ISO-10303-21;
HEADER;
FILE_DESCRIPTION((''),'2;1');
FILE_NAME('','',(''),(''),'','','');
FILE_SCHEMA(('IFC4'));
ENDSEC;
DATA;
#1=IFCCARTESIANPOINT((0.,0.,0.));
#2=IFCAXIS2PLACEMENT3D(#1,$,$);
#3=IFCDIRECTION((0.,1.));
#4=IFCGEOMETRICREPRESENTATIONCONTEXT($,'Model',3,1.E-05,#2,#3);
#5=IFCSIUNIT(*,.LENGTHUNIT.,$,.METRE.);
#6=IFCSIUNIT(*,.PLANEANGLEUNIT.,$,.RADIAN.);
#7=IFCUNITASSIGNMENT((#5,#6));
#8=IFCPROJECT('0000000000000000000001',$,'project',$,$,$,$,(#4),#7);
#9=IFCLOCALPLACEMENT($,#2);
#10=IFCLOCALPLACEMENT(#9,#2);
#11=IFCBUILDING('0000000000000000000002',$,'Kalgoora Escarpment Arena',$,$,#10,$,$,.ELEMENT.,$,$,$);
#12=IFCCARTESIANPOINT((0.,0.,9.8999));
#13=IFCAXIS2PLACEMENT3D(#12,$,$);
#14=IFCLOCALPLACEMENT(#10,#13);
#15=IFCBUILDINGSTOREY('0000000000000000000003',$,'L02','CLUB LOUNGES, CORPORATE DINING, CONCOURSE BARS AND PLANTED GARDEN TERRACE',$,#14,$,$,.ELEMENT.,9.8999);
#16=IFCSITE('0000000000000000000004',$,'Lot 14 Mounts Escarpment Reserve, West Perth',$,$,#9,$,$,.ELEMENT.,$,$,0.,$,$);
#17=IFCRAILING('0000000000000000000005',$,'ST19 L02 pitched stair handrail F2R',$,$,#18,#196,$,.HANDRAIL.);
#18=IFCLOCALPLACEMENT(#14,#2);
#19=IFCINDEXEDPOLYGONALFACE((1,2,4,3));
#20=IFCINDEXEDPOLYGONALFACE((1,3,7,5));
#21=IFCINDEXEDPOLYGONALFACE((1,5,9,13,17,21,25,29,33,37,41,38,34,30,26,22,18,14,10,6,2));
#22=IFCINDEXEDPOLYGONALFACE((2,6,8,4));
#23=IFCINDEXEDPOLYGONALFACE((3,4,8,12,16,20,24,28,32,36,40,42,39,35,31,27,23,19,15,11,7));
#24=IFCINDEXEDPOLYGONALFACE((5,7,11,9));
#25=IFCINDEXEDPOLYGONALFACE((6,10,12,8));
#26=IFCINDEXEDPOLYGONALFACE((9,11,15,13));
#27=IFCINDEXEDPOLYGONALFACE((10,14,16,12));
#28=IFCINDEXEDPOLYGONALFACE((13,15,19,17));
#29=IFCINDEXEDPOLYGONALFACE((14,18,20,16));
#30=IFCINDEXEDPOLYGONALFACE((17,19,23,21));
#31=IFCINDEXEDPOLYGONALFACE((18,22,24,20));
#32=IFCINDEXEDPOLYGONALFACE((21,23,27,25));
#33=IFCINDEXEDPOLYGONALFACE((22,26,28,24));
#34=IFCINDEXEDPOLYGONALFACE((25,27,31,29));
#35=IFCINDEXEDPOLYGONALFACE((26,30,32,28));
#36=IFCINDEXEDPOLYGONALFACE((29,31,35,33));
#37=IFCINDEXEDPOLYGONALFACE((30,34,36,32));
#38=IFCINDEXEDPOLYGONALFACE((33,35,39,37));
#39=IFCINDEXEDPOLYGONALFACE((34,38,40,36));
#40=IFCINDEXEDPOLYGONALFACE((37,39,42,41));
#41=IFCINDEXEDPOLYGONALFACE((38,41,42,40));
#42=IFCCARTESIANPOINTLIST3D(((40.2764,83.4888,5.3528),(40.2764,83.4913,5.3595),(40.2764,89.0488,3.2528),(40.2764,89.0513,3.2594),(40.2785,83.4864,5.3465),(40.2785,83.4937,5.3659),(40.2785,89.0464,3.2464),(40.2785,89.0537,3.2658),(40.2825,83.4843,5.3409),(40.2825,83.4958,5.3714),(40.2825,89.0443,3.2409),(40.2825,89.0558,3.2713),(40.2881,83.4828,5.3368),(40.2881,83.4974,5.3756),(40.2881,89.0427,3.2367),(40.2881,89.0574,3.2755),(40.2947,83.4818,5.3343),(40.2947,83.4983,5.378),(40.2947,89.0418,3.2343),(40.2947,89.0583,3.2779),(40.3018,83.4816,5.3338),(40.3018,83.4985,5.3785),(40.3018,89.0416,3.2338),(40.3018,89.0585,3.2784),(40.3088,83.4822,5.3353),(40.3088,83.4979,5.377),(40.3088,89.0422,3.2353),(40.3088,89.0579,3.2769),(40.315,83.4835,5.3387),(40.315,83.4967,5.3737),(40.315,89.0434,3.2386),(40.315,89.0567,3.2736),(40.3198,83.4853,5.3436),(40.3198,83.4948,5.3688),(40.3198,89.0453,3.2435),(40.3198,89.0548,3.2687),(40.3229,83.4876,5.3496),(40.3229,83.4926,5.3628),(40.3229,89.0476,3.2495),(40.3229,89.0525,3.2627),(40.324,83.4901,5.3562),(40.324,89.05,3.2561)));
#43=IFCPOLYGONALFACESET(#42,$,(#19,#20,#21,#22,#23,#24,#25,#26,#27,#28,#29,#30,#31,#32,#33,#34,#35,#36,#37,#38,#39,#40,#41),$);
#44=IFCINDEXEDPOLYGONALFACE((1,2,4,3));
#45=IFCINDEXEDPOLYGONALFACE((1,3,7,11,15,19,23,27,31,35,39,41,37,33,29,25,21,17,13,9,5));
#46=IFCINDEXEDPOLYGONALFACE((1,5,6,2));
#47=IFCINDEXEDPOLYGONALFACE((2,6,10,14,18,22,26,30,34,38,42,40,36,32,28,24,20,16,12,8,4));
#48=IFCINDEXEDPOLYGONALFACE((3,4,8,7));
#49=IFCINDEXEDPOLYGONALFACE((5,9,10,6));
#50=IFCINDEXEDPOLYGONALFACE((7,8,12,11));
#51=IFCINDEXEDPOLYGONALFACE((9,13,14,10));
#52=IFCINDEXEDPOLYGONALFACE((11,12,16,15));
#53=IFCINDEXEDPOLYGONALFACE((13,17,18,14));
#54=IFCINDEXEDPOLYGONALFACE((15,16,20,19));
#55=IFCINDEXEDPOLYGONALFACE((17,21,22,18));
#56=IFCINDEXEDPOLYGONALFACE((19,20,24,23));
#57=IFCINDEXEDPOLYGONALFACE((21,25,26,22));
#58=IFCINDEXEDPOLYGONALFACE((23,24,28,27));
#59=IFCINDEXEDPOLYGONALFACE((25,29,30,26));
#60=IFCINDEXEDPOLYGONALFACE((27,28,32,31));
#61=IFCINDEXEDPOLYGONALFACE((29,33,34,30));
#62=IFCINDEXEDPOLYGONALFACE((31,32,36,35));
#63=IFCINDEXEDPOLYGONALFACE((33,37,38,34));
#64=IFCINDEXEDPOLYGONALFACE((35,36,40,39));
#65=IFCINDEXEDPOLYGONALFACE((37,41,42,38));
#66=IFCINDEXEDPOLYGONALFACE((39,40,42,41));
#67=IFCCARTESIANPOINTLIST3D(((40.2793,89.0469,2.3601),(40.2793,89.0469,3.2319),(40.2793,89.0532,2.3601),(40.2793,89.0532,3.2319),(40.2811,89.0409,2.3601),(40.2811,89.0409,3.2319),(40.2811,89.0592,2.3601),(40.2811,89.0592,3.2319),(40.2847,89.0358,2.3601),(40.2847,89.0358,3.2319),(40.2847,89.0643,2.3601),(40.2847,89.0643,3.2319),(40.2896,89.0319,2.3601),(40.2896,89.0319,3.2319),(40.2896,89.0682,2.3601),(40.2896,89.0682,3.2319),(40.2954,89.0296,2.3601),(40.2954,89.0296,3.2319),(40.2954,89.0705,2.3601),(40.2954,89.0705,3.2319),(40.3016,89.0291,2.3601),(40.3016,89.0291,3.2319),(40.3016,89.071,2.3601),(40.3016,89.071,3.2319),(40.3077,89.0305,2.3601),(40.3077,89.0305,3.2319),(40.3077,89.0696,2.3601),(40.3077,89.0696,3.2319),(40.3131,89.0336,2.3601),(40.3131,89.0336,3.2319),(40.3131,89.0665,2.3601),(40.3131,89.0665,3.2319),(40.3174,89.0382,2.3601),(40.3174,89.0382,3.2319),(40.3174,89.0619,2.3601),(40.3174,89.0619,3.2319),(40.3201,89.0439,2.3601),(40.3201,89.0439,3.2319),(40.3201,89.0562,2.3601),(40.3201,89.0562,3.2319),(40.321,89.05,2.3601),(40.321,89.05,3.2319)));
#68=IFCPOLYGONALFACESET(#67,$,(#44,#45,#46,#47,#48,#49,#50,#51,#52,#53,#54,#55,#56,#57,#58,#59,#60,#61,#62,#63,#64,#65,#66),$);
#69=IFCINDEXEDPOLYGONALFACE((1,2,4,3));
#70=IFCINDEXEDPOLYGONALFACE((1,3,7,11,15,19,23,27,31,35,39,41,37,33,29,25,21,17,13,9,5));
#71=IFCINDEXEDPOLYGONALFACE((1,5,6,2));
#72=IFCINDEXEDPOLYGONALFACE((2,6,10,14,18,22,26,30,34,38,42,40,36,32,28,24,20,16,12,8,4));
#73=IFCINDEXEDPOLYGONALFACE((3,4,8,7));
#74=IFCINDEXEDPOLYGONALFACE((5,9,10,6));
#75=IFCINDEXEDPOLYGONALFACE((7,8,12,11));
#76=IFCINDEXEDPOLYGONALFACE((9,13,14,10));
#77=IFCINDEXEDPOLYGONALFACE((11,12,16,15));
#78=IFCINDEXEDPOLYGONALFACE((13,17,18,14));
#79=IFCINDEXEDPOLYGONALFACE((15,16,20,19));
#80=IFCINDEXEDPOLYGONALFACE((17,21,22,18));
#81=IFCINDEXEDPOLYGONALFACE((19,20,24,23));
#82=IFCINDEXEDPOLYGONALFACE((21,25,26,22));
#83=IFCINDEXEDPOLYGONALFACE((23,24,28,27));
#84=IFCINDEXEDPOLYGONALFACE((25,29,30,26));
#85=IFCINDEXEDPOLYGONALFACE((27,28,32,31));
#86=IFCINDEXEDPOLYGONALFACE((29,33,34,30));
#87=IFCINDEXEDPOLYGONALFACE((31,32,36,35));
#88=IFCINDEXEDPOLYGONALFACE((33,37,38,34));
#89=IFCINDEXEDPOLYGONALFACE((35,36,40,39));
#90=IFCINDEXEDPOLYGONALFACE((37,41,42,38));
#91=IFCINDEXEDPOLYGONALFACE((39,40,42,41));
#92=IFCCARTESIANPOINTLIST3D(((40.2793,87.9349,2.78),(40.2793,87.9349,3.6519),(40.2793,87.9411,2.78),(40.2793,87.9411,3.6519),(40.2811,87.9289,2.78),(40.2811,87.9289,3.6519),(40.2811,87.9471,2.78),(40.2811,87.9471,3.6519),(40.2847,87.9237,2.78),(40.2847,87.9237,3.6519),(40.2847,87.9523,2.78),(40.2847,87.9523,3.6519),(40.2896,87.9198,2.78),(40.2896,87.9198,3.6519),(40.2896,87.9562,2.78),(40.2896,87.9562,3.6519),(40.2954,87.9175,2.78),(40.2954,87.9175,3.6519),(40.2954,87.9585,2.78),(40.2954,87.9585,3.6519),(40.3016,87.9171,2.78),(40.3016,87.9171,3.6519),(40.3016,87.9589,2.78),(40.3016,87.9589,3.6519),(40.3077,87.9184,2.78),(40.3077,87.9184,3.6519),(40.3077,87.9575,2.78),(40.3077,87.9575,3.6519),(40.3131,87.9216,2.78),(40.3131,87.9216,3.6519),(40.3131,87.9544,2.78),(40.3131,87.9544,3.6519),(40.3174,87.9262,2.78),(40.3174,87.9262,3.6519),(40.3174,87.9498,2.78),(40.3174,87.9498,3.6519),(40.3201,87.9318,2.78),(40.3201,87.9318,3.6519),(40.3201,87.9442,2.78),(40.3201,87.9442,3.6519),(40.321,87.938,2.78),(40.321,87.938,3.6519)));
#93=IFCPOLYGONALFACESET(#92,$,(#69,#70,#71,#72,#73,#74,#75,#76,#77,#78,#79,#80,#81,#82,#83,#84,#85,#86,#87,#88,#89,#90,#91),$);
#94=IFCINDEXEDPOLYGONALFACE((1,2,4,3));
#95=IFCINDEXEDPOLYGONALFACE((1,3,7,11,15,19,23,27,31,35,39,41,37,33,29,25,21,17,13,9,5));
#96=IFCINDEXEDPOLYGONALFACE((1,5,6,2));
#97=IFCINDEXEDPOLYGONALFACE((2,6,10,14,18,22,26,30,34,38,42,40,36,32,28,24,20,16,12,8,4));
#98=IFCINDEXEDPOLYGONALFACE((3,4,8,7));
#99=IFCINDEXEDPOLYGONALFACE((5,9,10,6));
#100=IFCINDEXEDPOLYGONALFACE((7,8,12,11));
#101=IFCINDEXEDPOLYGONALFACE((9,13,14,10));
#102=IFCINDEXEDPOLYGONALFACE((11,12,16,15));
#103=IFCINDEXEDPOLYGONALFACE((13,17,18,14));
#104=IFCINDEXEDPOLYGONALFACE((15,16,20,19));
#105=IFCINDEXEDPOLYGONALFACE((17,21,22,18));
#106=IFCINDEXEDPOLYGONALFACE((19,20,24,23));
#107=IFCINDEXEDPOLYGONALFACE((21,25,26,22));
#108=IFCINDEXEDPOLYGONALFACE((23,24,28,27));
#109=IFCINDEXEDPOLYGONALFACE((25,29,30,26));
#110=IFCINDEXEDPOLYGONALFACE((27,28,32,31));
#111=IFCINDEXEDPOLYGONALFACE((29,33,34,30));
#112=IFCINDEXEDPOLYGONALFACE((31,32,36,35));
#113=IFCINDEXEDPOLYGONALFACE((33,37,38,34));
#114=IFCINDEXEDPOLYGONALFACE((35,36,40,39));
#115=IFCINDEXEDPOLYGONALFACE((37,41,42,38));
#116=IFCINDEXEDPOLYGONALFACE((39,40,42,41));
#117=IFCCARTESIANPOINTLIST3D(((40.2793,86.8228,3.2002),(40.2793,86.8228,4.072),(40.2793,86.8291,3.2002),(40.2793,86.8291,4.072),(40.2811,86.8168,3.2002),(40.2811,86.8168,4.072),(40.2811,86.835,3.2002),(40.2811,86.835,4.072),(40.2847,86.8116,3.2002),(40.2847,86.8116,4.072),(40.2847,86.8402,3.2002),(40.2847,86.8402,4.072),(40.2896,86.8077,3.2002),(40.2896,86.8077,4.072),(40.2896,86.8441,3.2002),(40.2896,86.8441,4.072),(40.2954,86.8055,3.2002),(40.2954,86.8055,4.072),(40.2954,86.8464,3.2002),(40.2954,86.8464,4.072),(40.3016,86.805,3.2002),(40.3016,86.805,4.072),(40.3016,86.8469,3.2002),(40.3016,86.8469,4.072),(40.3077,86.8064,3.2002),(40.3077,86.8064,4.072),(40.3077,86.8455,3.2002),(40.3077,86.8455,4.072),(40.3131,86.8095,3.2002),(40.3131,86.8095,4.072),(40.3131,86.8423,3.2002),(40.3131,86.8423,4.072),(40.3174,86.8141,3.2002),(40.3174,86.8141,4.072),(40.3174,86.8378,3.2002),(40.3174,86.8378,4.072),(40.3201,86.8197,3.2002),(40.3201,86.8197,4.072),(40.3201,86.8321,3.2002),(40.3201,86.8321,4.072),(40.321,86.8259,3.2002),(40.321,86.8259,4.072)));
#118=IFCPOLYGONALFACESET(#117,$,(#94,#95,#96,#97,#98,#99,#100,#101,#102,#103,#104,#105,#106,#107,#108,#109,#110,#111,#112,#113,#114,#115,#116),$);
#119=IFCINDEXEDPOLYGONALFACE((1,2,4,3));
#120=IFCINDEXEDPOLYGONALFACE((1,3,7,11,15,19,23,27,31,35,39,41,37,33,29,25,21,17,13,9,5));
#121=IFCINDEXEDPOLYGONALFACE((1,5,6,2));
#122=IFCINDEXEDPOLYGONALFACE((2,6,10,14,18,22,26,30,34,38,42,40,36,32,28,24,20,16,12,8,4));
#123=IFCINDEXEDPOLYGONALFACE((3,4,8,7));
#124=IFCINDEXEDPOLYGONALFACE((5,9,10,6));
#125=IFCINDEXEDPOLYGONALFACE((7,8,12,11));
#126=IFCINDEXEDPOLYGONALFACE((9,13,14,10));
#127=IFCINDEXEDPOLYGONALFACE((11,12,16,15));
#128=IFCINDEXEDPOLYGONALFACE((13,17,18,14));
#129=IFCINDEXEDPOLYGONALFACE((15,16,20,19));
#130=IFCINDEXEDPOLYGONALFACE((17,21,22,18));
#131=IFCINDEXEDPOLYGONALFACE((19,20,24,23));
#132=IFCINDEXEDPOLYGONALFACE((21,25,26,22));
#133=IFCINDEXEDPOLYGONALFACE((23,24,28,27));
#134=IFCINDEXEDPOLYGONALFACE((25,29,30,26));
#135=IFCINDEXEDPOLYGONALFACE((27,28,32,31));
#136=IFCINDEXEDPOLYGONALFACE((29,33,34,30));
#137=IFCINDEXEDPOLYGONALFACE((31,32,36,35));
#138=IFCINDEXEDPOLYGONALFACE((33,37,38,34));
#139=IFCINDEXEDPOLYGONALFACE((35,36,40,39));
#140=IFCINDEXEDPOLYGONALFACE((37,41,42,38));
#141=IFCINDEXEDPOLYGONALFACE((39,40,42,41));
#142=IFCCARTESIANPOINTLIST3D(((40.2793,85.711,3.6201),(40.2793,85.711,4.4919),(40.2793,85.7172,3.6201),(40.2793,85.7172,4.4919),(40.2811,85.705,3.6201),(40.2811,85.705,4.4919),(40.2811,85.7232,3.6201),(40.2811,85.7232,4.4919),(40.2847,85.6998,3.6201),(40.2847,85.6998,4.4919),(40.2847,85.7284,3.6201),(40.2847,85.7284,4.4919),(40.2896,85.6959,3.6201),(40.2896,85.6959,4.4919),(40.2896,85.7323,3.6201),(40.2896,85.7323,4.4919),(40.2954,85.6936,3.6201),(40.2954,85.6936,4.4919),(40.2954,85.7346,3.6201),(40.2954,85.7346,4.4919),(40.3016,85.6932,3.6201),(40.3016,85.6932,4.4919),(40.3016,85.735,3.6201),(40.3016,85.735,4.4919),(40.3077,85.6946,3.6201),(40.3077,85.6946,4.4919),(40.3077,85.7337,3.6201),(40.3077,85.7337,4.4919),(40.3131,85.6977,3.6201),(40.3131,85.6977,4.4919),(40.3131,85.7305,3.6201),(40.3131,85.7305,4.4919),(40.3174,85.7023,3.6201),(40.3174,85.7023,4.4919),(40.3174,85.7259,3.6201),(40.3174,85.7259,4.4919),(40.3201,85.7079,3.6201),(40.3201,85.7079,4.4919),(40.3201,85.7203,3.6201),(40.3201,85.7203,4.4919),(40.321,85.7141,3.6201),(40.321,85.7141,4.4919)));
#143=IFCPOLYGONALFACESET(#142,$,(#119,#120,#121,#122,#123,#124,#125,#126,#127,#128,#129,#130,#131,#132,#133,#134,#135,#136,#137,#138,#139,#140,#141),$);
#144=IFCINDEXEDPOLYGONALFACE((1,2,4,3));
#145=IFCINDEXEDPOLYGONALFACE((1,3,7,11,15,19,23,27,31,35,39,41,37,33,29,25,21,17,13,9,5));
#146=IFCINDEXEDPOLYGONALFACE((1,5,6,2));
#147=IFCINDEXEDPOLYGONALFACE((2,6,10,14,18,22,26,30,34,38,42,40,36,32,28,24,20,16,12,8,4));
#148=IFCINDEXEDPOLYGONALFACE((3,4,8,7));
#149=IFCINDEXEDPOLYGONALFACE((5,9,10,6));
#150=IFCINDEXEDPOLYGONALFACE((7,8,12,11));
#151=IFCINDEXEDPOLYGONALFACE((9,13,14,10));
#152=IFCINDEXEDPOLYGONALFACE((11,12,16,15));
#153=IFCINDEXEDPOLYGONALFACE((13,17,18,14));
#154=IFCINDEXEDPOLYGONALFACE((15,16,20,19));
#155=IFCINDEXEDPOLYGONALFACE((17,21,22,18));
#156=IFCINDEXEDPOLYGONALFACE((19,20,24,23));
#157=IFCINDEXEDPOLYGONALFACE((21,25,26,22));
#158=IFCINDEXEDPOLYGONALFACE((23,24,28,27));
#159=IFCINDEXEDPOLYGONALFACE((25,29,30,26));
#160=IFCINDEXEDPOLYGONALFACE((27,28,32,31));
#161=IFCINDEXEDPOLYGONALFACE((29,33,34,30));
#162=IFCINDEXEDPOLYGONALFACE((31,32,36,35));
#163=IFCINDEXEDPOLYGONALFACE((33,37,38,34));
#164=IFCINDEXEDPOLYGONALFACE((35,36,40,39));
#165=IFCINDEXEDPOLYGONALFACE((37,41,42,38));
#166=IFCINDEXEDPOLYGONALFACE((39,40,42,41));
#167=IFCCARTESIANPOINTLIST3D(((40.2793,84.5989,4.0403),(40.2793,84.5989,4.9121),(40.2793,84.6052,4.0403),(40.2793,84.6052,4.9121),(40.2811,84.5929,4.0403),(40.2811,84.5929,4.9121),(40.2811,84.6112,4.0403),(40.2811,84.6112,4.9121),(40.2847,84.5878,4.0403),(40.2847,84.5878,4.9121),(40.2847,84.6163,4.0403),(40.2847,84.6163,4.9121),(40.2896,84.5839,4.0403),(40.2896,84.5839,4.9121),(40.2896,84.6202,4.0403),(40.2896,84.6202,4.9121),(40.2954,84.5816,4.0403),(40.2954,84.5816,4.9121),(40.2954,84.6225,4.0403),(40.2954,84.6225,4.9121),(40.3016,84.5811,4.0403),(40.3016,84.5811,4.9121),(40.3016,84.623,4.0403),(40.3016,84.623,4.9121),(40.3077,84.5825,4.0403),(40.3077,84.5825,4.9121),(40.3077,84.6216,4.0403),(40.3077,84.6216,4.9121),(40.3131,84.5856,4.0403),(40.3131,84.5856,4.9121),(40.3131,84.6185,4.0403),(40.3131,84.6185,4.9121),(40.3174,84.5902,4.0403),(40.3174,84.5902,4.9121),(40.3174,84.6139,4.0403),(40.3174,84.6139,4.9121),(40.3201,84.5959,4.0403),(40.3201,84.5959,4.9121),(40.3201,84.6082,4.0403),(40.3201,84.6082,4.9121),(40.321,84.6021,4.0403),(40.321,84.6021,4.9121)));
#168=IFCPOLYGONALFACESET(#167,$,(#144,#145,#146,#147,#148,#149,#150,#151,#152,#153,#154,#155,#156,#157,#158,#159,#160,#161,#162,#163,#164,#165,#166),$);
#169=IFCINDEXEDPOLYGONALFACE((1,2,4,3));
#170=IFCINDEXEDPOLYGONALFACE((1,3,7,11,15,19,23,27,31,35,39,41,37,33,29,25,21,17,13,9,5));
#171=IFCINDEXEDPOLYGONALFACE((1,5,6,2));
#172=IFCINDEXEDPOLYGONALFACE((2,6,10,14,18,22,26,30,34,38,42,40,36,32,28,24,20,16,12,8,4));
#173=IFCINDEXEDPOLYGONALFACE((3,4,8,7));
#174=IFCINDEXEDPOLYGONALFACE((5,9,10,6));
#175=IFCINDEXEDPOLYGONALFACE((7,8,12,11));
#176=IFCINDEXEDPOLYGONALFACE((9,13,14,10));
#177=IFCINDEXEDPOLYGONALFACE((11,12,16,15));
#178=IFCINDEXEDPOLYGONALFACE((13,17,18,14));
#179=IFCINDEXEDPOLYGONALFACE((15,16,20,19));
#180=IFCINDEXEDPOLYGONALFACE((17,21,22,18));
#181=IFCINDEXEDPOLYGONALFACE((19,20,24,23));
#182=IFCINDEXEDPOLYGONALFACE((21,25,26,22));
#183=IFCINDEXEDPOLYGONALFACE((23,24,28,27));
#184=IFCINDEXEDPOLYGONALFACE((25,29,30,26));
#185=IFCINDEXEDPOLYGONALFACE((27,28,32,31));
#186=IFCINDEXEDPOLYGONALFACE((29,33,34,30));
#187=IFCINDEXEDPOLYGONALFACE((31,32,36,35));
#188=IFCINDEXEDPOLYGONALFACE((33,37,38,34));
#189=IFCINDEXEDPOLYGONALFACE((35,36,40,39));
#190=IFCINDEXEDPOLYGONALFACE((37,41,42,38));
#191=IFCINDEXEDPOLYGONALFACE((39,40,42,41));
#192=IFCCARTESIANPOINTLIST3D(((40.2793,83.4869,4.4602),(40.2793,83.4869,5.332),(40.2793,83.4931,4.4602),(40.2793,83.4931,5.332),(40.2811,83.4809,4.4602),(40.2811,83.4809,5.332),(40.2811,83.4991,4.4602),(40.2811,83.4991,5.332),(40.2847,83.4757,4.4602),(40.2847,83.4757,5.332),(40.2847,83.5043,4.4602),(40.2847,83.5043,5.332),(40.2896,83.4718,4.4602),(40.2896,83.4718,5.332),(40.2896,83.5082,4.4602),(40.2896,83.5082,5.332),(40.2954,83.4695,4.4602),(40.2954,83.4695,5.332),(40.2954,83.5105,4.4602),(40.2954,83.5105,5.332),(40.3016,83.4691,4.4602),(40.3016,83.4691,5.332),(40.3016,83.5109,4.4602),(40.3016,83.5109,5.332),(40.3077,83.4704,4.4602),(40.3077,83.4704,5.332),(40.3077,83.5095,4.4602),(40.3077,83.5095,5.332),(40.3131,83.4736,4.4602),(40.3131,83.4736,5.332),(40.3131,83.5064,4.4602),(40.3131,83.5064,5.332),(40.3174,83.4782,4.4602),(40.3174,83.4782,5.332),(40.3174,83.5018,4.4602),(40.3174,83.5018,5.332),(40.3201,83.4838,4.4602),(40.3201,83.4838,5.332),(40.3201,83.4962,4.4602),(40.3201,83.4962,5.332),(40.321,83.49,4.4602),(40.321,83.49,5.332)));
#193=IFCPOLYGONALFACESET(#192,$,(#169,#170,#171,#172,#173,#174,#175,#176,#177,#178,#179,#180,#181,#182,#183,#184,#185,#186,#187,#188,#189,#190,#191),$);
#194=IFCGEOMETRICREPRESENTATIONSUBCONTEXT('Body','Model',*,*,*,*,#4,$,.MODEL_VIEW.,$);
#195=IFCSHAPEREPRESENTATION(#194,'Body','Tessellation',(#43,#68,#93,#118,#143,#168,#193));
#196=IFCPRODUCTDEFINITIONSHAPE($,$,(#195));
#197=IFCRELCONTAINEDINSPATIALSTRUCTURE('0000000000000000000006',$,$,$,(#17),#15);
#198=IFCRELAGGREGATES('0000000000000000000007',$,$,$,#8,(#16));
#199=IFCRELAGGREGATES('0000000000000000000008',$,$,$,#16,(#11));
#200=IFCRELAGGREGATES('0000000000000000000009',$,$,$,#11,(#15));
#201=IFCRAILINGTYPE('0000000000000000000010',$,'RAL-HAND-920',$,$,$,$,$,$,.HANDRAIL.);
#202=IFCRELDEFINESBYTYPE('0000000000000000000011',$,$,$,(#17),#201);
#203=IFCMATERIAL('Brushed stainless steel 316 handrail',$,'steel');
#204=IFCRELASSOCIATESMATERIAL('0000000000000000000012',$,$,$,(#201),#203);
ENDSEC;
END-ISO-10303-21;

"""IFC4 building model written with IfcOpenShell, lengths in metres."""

from ifc_helpers import new_model, si_unit, direction, frame, origin, origin_2d, place, context, subcontext, project, spatial, circle, extrude, material, type_object, element, save


model = new_model("IFC4")

# Units and contexts
model_context = context("Model", 3, precision=1e-05, world=origin(), true_north=direction((0.0, 1.0)))
body_context = subcontext(model_context, "Body", "Model", "MODEL_VIEW")
ifc_project = project(units=[si_unit("LENGTHUNIT", "METRE"), si_unit("PLANEANGLEUNIT", "RADIAN")], contexts=[model_context])

# Site, building, storey
site_placement = place(None, origin())
site = spatial("IfcSite", under=ifc_project, at=site_placement, Name="Lot 14 Mounts Escarpment Reserve, West Perth", CompositionType="ELEMENT", RefElevation=0.0)
building_placement = place(site_placement, origin())
building = spatial("IfcBuilding", under=site, at=building_placement, Name="Kalgoora Escarpment Arena", CompositionType="ELEMENT")
storey_placement = place(building_placement, frame((0.0, 0.0, 9.8999)))
storey = spatial("IfcBuildingStorey", under=building, at=storey_placement, Name="L02", Description="CLUB LOUNGES, CORPORATE DINING, CONCOURSE BARS AND PLANTED GARDEN TERRACE", CompositionType="ELEMENT", Elevation=9.8999)

# Railing
ifc_material_1 = material(Name="Brushed stainless steel 316 handrail", Category="steel")
railing_type = type_object("IfcRailingType", Name="RAL-HAND-920", PredefinedType="HANDRAIL", material=ifc_material_1)
railing_1_placement = place(storey_placement, frame((40.3, 89.05, 2.3601)))
element("IfcRailing", 1, at=railing_1_placement, inside=storey, type_object=railing_type, Name="ST19 L02 pitched stair handrail F2R", PredefinedType="HANDRAIL", context=body_context, shape_type="SweptSolid", body=[
    extrude(circle(Radius=0.0239, at=origin_2d()), frame((0.0, 0.0, 0.896), z_axis=(0.0, -0.935493, 0.353346), x_axis=(1.0, 0.0, 0.0)), (0.0, 0.0, 1.0), 5.9434),
    extrude(circle(Radius=0.021, at=origin_2d()), origin(), (0.0, 0.0, 1.0), 0.8718),
    extrude(circle(Radius=0.021, at=origin_2d()), frame((0.0, -1.1121, 0.4199)), (0.0, 0.0, 1.0), 0.8718),
    extrude(circle(Radius=0.021, at=origin_2d()), frame((0.0, -2.2241, 0.8401)), (0.0, 0.0, 1.0), 0.8718),
    extrude(circle(Radius=0.021, at=origin_2d()), frame((0.0, -3.3359, 1.26)), (0.0, 0.0, 1.0), 0.8718),
    extrude(circle(Radius=0.021, at=origin_2d()), frame((0.0, -4.448, 1.6802)), (0.0, 0.0, 1.0), 0.8718),
    extrude(circle(Radius=0.021, at=origin_2d()), frame((0.0, -5.5601, 2.1001)), (0.0, 0.0, 1.0), 0.8718),
])

save(model, "model.ifc")
